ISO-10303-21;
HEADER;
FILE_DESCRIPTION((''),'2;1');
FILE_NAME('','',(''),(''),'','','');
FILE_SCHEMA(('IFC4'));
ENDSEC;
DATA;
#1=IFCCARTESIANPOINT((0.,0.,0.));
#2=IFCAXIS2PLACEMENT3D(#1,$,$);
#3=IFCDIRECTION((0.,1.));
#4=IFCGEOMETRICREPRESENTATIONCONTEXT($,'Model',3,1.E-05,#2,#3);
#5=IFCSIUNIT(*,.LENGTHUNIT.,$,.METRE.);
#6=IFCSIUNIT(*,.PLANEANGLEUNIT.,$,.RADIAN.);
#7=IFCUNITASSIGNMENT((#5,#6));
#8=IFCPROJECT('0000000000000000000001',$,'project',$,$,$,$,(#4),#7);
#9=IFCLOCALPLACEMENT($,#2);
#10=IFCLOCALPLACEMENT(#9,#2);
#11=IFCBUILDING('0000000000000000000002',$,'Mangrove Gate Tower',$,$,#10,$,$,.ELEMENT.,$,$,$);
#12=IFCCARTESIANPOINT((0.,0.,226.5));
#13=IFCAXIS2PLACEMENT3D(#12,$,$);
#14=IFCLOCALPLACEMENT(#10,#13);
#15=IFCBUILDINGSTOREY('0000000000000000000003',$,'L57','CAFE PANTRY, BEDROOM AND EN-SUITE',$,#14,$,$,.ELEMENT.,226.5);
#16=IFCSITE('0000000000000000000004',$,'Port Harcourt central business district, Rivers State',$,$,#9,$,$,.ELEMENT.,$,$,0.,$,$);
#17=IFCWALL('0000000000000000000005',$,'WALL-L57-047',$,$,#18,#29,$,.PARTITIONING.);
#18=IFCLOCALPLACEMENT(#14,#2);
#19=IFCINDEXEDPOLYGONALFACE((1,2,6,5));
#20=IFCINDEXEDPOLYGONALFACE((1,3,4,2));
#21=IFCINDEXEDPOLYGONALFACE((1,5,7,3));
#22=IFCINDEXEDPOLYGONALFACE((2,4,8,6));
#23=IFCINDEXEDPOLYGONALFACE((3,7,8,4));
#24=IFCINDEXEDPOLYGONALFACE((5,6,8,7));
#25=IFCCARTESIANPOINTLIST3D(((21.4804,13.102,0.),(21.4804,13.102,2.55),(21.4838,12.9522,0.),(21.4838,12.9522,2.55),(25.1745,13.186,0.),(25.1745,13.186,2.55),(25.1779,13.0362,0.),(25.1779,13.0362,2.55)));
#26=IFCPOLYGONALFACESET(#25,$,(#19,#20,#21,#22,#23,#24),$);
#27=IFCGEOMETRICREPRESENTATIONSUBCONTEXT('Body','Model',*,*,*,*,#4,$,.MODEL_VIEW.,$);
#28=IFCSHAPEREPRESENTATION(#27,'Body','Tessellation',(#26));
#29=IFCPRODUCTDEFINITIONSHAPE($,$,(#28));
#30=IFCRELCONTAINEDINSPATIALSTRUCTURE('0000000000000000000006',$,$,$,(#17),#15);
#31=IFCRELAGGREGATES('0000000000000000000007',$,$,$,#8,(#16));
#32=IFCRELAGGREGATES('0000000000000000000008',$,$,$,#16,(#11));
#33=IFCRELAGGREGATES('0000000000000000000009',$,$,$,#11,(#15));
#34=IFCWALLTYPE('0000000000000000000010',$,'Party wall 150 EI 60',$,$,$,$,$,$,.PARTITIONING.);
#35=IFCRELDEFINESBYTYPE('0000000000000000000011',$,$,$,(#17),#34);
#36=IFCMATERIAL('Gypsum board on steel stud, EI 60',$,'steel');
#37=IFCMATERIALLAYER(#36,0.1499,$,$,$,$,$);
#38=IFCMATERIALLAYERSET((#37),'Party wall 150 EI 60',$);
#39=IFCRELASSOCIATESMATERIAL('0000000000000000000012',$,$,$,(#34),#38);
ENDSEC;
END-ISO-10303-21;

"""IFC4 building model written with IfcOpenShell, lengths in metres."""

from ifc_helpers import new_model, si_unit, direction, frame, frame_2d, origin, place, context, subcontext, project, spatial, rectangle, extrude, material, layer, layer_set, type_object, element, save


model = new_model("IFC4")

# Units and contexts
model_context = context("Model", 3, precision=1e-05, world=origin(), true_north=direction((0.0, 1.0)))
body_context = subcontext(model_context, "Body", "Model", "MODEL_VIEW")
ifc_project = project(units=[si_unit("LENGTHUNIT", "METRE"), si_unit("PLANEANGLEUNIT", "RADIAN")], contexts=[model_context])

# Site, building, storey
site_placement = place(None, origin())
site = spatial("IfcSite", under=ifc_project, at=site_placement, Name="Port Harcourt central business district, Rivers State", CompositionType="ELEMENT", RefElevation=0.0)
building_placement = place(site_placement, origin())
building = spatial("IfcBuilding", under=site, at=building_placement, Name="Mangrove Gate Tower", CompositionType="ELEMENT")
storey_placement = place(building_placement, frame((0.0, 0.0, 226.5)))
storey = spatial("IfcBuildingStorey", under=building, at=storey_placement, Name="L57", Description="CAFE PANTRY, BEDROOM AND EN-SUITE", CompositionType="ELEMENT", Elevation=226.5)

# Shared definitions
ifc_material_1 = material(Name="Gypsum board on steel stud, EI 60", Category="steel")
ifc_layer_1 = layer(ifc_material_1, 0.1499)
ifc_layer_set_1 = layer_set([ifc_layer_1], Name="Party wall 150 EI 60")
wall_type_1 = type_object("IfcWallType", Name="Party wall 150 EI 60", PredefinedType="PARTITIONING", material=ifc_layer_set_1)

# Wall
wall_1_placement = place(storey_placement, frame((21.4819, 13.0271, 0.0), z_axis=(0.0, 0.0, 1.0), x_axis=(0.999742, 0.022729, 0.0)))
element("IfcWall", 1, at=wall_1_placement, inside=storey, type_object=wall_type_1, Name="WALL-L57-047", PredefinedType="PARTITIONING", context=body_context, shape_type="SweptSolid", body=[
    extrude(rectangle(XDim=3.6951, YDim=0.1499, at=frame_2d((1.8477, 0.0))), origin(), (0.0, 0.0, 1.0), 2.55),
])

save(model, "model.ifc")
